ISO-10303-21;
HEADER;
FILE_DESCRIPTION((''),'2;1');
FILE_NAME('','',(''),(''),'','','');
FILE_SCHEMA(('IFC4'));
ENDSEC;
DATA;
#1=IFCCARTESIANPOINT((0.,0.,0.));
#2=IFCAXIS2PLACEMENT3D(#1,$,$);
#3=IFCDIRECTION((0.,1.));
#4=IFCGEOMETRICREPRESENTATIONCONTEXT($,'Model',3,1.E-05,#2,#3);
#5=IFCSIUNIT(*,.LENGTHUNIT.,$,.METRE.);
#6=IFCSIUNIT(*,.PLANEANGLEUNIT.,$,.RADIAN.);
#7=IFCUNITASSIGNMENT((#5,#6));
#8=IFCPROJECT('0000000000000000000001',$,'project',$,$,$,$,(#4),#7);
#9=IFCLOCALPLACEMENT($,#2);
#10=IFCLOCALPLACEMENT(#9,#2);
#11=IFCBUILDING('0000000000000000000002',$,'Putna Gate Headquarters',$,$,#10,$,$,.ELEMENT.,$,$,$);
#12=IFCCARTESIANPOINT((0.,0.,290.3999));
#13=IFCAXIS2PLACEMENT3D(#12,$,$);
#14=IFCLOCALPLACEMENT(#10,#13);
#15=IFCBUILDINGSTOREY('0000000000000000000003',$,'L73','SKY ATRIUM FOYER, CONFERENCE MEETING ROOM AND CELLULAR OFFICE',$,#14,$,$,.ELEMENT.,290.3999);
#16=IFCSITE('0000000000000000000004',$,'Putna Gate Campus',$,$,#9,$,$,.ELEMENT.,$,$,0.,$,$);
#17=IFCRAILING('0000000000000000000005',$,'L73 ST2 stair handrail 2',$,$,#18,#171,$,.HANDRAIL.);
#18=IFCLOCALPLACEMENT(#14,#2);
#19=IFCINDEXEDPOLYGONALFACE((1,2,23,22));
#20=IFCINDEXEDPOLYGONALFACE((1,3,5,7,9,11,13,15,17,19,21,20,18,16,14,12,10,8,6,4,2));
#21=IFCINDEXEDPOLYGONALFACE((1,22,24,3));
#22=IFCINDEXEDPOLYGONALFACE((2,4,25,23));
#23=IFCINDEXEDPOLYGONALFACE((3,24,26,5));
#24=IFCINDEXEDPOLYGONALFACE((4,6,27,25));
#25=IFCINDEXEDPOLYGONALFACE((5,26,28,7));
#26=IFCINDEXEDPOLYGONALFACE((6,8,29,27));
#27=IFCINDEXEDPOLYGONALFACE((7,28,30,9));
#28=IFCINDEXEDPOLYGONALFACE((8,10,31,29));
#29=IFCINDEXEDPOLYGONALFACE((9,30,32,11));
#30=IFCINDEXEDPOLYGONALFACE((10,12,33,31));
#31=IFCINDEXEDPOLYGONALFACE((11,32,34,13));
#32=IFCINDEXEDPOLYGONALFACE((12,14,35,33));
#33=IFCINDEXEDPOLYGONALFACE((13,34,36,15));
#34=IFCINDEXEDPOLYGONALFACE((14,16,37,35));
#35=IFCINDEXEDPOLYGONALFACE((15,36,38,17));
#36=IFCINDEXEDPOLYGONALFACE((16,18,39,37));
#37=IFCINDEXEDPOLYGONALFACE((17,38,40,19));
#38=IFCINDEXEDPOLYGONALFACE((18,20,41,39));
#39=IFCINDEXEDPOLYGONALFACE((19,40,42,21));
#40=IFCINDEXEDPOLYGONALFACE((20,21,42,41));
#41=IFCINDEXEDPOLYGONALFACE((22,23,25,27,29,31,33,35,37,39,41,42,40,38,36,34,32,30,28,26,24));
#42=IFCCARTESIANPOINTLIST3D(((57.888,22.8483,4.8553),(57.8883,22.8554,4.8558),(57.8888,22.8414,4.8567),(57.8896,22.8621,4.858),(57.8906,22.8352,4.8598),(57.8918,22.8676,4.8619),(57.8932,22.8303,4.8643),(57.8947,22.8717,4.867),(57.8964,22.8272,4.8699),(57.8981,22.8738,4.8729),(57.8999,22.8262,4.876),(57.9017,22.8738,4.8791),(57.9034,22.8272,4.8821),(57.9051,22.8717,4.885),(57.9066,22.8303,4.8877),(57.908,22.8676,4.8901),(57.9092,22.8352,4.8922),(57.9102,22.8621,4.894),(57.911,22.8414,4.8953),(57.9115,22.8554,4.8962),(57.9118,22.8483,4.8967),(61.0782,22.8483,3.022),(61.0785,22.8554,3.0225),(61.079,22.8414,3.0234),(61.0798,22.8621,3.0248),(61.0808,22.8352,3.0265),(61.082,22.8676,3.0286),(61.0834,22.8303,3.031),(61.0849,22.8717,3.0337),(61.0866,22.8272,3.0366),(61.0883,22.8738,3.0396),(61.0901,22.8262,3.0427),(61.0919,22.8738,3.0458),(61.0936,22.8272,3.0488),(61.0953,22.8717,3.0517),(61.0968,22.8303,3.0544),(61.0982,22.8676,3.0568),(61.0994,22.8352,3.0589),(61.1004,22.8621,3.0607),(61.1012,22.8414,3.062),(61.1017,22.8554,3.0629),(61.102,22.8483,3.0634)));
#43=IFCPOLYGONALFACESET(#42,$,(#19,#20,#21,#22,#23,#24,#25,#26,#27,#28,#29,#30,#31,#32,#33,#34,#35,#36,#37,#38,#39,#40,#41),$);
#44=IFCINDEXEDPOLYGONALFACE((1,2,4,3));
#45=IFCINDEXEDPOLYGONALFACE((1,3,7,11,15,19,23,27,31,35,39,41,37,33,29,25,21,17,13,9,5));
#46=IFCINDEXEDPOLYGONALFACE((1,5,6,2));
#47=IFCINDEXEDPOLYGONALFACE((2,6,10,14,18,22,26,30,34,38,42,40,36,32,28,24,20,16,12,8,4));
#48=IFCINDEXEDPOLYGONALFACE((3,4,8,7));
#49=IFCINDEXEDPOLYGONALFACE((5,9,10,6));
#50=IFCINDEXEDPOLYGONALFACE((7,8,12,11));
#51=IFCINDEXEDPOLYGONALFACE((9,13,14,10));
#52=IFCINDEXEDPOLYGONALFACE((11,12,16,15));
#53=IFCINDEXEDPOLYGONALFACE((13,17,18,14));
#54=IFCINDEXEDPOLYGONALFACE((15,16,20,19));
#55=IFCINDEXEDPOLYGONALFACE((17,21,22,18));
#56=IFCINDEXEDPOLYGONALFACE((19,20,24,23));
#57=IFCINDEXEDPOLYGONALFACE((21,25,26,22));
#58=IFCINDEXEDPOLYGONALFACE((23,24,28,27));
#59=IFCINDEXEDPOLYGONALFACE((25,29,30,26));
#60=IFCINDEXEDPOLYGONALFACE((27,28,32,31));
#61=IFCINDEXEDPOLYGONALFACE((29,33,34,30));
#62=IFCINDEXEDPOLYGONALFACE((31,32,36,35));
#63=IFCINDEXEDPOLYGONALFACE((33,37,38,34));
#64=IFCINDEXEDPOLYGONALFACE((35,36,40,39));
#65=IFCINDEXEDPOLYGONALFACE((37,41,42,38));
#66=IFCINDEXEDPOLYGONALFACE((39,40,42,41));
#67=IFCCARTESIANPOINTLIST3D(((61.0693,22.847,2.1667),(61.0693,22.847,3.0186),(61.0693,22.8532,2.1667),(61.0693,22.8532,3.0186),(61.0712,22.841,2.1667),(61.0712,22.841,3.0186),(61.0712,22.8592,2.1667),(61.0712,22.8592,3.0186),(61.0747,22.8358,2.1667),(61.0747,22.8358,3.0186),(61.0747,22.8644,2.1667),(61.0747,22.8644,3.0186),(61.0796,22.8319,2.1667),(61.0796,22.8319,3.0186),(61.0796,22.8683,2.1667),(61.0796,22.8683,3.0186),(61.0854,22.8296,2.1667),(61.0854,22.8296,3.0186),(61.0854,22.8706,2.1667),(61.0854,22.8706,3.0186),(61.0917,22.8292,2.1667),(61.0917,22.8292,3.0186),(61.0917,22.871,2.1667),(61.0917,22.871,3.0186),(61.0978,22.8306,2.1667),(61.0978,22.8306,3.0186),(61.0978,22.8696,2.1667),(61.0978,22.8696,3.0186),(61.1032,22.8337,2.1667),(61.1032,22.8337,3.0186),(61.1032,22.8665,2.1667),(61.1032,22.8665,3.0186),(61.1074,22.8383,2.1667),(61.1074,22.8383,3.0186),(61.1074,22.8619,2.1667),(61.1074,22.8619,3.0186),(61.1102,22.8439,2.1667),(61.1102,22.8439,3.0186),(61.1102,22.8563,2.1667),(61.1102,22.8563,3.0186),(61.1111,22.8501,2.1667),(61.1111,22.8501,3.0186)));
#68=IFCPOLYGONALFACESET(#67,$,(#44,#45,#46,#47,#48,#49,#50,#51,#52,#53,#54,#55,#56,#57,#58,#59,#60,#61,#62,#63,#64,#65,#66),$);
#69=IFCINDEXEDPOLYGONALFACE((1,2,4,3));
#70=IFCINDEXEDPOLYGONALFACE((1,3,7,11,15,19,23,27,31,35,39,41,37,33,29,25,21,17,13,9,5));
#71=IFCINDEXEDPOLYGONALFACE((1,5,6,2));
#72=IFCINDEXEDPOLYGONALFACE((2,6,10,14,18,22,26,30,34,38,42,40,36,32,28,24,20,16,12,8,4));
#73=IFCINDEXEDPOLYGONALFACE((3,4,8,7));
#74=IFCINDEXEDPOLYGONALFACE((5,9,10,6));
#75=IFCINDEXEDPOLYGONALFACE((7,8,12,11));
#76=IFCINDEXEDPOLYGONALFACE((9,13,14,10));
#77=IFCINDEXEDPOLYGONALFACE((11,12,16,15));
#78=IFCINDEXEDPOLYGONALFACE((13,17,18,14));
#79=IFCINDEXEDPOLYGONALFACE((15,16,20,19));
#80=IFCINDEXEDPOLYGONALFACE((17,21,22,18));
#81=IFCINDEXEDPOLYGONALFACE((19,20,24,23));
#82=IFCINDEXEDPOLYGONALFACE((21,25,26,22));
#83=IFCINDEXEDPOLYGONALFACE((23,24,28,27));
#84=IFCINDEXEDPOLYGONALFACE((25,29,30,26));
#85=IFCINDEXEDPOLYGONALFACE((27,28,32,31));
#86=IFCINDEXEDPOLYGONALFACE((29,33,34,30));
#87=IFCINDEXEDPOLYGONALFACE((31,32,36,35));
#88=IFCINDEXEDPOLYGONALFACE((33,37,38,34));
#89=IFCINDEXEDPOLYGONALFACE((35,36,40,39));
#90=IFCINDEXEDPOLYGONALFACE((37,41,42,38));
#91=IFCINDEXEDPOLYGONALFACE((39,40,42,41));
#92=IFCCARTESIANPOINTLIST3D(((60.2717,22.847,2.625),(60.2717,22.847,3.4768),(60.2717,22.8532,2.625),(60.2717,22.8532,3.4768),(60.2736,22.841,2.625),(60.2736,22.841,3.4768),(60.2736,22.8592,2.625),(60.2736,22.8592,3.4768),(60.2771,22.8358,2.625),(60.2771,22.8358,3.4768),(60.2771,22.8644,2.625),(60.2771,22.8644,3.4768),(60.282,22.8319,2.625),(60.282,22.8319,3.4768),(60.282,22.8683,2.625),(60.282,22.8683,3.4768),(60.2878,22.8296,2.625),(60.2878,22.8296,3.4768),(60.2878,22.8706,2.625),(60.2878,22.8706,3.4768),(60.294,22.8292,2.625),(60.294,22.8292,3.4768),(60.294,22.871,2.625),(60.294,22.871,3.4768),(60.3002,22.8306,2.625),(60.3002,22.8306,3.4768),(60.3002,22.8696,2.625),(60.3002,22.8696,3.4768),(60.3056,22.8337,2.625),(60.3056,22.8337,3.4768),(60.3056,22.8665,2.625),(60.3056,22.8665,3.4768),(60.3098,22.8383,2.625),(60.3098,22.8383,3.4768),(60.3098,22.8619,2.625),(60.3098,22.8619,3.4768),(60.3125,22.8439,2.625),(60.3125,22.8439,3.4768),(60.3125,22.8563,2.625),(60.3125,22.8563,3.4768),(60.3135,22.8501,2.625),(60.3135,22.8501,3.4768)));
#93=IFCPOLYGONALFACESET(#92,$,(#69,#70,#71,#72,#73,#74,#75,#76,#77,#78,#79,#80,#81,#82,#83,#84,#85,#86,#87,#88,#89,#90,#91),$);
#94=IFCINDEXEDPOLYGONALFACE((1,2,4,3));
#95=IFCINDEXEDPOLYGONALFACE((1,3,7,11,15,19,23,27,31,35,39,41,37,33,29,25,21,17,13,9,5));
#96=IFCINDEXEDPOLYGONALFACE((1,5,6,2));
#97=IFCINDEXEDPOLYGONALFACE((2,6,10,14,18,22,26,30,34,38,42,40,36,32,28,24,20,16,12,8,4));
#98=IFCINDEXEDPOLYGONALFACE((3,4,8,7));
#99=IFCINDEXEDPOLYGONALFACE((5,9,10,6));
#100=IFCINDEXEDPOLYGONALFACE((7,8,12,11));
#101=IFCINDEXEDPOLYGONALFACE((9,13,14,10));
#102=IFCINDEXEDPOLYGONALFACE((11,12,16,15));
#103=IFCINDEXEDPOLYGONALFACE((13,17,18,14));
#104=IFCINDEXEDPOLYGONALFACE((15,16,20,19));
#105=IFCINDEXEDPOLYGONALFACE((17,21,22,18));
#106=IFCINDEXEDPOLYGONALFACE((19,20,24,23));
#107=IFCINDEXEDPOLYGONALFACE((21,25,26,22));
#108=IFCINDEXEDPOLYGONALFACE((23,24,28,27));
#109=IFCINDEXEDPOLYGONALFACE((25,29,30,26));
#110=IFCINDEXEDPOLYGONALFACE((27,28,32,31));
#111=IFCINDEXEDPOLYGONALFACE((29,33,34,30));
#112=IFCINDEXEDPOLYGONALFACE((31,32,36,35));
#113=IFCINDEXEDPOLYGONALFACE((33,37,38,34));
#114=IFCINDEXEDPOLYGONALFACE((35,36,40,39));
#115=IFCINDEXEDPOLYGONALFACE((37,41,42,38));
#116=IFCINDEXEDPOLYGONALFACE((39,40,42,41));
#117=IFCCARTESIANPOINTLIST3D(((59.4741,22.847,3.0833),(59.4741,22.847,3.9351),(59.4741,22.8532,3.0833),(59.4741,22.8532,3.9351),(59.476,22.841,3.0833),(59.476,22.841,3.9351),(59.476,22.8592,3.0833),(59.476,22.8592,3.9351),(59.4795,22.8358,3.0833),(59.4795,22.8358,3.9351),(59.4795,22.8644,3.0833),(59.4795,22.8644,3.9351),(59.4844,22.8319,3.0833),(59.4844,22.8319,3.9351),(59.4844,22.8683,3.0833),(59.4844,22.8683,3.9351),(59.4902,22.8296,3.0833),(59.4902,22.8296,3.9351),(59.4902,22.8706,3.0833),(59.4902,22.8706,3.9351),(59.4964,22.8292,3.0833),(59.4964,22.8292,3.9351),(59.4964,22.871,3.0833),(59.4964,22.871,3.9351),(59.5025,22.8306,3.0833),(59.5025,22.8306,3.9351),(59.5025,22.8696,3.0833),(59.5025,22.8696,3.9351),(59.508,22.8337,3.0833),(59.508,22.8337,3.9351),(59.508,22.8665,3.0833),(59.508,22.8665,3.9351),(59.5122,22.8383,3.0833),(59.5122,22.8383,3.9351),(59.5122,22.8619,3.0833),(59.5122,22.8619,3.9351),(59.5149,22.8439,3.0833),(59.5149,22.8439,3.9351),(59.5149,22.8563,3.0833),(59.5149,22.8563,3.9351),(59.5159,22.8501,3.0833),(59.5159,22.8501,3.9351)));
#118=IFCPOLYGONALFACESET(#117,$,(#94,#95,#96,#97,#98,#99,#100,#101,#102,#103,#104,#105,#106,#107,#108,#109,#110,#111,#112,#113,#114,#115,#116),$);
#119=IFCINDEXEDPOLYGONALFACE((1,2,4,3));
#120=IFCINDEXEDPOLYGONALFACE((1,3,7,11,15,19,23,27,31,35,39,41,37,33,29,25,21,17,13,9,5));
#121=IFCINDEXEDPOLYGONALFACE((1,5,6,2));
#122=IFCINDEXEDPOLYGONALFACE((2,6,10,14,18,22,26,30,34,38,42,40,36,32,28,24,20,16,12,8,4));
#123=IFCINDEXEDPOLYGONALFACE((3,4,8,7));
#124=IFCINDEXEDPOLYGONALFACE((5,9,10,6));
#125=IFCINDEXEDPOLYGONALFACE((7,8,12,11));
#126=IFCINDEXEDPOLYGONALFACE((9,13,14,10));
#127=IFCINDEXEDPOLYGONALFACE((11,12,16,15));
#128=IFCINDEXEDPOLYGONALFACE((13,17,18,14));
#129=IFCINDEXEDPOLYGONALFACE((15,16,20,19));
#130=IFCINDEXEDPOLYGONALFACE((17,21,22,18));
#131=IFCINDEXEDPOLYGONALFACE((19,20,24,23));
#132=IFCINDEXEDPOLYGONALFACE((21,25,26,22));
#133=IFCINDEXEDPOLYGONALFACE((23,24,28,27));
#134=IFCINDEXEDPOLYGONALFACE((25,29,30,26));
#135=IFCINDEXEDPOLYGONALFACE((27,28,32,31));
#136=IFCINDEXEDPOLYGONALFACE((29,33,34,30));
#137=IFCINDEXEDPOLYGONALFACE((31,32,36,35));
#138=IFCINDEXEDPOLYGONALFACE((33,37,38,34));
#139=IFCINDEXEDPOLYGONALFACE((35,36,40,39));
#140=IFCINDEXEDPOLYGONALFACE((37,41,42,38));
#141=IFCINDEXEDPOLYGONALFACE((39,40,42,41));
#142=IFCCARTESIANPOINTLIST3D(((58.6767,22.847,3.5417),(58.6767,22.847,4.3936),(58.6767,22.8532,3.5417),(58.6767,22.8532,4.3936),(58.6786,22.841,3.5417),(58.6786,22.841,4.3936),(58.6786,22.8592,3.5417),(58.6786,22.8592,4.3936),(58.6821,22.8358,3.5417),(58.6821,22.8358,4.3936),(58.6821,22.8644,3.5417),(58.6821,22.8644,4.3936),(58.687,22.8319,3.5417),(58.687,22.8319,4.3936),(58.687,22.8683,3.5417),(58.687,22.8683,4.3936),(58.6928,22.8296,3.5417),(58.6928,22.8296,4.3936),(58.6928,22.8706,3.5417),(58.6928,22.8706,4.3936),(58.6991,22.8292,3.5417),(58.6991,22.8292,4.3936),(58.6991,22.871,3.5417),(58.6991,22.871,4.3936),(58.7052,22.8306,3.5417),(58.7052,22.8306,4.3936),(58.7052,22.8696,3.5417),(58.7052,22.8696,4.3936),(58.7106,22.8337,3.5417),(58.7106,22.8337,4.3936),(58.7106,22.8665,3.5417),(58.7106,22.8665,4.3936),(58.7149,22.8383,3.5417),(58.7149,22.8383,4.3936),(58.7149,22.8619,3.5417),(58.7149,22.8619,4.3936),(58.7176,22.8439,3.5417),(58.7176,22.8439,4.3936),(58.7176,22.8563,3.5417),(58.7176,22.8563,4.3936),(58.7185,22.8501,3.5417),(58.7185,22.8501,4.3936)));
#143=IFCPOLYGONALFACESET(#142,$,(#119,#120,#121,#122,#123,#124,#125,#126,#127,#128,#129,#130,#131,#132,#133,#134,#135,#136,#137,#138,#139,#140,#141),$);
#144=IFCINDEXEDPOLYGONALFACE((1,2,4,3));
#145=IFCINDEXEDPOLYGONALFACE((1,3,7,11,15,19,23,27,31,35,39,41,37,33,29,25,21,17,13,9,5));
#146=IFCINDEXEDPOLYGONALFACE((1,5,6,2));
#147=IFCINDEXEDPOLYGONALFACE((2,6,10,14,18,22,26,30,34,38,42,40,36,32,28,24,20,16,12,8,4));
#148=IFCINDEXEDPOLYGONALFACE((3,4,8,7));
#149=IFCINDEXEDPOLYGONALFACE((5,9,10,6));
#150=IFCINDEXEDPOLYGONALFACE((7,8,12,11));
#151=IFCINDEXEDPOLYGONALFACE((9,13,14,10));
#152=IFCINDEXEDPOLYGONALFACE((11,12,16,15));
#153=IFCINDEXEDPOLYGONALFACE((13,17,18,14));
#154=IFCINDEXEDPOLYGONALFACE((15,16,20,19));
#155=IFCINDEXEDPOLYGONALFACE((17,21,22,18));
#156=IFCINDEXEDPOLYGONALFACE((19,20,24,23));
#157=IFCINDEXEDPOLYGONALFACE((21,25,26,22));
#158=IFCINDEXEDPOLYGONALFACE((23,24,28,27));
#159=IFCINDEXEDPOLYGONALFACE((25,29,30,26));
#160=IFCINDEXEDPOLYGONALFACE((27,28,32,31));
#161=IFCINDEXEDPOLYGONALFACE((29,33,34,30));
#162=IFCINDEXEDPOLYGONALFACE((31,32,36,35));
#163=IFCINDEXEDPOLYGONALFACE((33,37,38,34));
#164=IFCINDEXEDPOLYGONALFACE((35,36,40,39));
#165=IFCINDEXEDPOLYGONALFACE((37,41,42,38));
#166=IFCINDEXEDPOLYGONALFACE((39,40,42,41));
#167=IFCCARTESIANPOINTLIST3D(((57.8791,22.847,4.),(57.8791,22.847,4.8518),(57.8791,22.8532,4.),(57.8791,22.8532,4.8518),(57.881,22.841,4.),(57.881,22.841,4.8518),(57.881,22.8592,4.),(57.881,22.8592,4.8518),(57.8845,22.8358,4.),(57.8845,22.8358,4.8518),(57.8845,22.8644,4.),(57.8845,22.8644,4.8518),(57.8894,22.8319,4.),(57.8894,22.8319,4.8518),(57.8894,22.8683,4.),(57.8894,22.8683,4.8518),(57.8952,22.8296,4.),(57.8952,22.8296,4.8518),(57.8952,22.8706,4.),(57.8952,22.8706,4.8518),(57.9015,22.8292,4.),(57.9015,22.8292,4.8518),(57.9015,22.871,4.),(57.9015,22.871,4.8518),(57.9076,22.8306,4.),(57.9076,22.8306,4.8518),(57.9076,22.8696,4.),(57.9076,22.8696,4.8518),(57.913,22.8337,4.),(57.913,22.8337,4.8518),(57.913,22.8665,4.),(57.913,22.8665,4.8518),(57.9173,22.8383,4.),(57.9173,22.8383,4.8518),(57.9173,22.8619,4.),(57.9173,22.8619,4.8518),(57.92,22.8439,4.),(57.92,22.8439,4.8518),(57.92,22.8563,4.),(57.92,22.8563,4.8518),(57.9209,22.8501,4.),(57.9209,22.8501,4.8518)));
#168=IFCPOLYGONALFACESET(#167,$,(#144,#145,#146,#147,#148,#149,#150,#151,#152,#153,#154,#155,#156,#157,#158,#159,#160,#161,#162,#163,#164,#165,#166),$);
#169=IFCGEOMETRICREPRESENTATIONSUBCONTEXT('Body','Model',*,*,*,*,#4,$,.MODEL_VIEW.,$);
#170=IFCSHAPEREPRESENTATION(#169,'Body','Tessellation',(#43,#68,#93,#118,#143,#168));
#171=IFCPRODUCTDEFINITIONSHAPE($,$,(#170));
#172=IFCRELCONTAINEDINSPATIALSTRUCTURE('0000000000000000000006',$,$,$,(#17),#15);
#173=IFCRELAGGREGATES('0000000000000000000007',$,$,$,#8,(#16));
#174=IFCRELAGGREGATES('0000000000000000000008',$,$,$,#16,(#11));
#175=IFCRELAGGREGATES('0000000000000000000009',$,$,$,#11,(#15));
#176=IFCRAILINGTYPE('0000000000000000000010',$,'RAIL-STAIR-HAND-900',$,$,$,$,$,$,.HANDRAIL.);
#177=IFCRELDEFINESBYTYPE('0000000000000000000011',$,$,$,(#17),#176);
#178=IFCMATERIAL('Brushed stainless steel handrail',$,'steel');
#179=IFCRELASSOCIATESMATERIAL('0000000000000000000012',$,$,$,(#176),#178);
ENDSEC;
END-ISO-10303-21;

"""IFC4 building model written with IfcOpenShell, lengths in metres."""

from ifc_helpers import new_model, si_unit, direction, frame, origin, origin_2d, place, context, subcontext, project, spatial, circle, extrude, material, type_object, element, save


model = new_model("IFC4")

# Units and contexts
model_context = context("Model", 3, precision=1e-05, world=origin(), true_north=direction((0.0, 1.0)))
body_context = subcontext(model_context, "Body", "Model", "MODEL_VIEW")
ifc_project = project(units=[si_unit("LENGTHUNIT", "METRE"), si_unit("PLANEANGLEUNIT", "RADIAN")], contexts=[model_context])

# Site, building, storey
site_placement = place(None, origin())
site = spatial("IfcSite", under=ifc_project, at=site_placement, Name="Putna Gate Campus", CompositionType="ELEMENT", RefElevation=0.0)
building_placement = place(site_placement, origin())
building = spatial("IfcBuilding", under=site, at=building_placement, Name="Putna Gate Headquarters", CompositionType="ELEMENT")
storey_placement = place(building_placement, frame((0.0, 0.0, 290.3999)))
storey = spatial("IfcBuildingStorey", under=building, at=storey_placement, Name="L73", Description="SKY ATRIUM FOYER, CONFERENCE MEETING ROOM AND CELLULAR OFFICE", CompositionType="ELEMENT", Elevation=290.3999)

# Railing
ifc_material_1 = material(Name="Brushed stainless steel handrail", Category="steel")
railing_type_1 = type_object("IfcRailingType", Name="RAIL-STAIR-HAND-900", PredefinedType="HANDRAIL", material=ifc_material_1)
railing_1_placement = place(storey_placement, frame((61.0901, 22.8501, 2.1667)))
element("IfcRailing", 1, at=railing_1_placement, inside=storey, type_object=railing_type_1, Name="L73 ST2 stair handrail 2", PredefinedType="HANDRAIL", context=body_context, shape_type="SweptSolid", body=[
    extrude(circle(Radius=0.0239, at=origin_2d()), frame((0.0, 0.0, 0.876), z_axis=(-0.867036, 0.0, 0.498245), x_axis=(0.0, -1.0, 0.0)), (0.0, 0.0, 1.0), 3.6794),
    extrude(circle(Radius=0.021, at=origin_2d()), origin(), (0.0, 0.0, 1.0), 0.8518),
    extrude(circle(Radius=0.021, at=origin_2d()), frame((-0.7976, 0.0, 0.4583)), (0.0, 0.0, 1.0), 0.8518),
    extrude(circle(Radius=0.021, at=origin_2d()), frame((-1.5952, 0.0, 0.9165)), (0.0, 0.0, 1.0), 0.8518),
    extrude(circle(Radius=0.021, at=origin_2d()), frame((-2.3926, 0.0, 1.375)), (0.0, 0.0, 1.0), 0.8518),
    extrude(circle(Radius=0.021, at=origin_2d()), frame((-3.1902, 0.0, 1.8333)), (0.0, 0.0, 1.0), 0.8518),
])

save(model, "model.ifc")
